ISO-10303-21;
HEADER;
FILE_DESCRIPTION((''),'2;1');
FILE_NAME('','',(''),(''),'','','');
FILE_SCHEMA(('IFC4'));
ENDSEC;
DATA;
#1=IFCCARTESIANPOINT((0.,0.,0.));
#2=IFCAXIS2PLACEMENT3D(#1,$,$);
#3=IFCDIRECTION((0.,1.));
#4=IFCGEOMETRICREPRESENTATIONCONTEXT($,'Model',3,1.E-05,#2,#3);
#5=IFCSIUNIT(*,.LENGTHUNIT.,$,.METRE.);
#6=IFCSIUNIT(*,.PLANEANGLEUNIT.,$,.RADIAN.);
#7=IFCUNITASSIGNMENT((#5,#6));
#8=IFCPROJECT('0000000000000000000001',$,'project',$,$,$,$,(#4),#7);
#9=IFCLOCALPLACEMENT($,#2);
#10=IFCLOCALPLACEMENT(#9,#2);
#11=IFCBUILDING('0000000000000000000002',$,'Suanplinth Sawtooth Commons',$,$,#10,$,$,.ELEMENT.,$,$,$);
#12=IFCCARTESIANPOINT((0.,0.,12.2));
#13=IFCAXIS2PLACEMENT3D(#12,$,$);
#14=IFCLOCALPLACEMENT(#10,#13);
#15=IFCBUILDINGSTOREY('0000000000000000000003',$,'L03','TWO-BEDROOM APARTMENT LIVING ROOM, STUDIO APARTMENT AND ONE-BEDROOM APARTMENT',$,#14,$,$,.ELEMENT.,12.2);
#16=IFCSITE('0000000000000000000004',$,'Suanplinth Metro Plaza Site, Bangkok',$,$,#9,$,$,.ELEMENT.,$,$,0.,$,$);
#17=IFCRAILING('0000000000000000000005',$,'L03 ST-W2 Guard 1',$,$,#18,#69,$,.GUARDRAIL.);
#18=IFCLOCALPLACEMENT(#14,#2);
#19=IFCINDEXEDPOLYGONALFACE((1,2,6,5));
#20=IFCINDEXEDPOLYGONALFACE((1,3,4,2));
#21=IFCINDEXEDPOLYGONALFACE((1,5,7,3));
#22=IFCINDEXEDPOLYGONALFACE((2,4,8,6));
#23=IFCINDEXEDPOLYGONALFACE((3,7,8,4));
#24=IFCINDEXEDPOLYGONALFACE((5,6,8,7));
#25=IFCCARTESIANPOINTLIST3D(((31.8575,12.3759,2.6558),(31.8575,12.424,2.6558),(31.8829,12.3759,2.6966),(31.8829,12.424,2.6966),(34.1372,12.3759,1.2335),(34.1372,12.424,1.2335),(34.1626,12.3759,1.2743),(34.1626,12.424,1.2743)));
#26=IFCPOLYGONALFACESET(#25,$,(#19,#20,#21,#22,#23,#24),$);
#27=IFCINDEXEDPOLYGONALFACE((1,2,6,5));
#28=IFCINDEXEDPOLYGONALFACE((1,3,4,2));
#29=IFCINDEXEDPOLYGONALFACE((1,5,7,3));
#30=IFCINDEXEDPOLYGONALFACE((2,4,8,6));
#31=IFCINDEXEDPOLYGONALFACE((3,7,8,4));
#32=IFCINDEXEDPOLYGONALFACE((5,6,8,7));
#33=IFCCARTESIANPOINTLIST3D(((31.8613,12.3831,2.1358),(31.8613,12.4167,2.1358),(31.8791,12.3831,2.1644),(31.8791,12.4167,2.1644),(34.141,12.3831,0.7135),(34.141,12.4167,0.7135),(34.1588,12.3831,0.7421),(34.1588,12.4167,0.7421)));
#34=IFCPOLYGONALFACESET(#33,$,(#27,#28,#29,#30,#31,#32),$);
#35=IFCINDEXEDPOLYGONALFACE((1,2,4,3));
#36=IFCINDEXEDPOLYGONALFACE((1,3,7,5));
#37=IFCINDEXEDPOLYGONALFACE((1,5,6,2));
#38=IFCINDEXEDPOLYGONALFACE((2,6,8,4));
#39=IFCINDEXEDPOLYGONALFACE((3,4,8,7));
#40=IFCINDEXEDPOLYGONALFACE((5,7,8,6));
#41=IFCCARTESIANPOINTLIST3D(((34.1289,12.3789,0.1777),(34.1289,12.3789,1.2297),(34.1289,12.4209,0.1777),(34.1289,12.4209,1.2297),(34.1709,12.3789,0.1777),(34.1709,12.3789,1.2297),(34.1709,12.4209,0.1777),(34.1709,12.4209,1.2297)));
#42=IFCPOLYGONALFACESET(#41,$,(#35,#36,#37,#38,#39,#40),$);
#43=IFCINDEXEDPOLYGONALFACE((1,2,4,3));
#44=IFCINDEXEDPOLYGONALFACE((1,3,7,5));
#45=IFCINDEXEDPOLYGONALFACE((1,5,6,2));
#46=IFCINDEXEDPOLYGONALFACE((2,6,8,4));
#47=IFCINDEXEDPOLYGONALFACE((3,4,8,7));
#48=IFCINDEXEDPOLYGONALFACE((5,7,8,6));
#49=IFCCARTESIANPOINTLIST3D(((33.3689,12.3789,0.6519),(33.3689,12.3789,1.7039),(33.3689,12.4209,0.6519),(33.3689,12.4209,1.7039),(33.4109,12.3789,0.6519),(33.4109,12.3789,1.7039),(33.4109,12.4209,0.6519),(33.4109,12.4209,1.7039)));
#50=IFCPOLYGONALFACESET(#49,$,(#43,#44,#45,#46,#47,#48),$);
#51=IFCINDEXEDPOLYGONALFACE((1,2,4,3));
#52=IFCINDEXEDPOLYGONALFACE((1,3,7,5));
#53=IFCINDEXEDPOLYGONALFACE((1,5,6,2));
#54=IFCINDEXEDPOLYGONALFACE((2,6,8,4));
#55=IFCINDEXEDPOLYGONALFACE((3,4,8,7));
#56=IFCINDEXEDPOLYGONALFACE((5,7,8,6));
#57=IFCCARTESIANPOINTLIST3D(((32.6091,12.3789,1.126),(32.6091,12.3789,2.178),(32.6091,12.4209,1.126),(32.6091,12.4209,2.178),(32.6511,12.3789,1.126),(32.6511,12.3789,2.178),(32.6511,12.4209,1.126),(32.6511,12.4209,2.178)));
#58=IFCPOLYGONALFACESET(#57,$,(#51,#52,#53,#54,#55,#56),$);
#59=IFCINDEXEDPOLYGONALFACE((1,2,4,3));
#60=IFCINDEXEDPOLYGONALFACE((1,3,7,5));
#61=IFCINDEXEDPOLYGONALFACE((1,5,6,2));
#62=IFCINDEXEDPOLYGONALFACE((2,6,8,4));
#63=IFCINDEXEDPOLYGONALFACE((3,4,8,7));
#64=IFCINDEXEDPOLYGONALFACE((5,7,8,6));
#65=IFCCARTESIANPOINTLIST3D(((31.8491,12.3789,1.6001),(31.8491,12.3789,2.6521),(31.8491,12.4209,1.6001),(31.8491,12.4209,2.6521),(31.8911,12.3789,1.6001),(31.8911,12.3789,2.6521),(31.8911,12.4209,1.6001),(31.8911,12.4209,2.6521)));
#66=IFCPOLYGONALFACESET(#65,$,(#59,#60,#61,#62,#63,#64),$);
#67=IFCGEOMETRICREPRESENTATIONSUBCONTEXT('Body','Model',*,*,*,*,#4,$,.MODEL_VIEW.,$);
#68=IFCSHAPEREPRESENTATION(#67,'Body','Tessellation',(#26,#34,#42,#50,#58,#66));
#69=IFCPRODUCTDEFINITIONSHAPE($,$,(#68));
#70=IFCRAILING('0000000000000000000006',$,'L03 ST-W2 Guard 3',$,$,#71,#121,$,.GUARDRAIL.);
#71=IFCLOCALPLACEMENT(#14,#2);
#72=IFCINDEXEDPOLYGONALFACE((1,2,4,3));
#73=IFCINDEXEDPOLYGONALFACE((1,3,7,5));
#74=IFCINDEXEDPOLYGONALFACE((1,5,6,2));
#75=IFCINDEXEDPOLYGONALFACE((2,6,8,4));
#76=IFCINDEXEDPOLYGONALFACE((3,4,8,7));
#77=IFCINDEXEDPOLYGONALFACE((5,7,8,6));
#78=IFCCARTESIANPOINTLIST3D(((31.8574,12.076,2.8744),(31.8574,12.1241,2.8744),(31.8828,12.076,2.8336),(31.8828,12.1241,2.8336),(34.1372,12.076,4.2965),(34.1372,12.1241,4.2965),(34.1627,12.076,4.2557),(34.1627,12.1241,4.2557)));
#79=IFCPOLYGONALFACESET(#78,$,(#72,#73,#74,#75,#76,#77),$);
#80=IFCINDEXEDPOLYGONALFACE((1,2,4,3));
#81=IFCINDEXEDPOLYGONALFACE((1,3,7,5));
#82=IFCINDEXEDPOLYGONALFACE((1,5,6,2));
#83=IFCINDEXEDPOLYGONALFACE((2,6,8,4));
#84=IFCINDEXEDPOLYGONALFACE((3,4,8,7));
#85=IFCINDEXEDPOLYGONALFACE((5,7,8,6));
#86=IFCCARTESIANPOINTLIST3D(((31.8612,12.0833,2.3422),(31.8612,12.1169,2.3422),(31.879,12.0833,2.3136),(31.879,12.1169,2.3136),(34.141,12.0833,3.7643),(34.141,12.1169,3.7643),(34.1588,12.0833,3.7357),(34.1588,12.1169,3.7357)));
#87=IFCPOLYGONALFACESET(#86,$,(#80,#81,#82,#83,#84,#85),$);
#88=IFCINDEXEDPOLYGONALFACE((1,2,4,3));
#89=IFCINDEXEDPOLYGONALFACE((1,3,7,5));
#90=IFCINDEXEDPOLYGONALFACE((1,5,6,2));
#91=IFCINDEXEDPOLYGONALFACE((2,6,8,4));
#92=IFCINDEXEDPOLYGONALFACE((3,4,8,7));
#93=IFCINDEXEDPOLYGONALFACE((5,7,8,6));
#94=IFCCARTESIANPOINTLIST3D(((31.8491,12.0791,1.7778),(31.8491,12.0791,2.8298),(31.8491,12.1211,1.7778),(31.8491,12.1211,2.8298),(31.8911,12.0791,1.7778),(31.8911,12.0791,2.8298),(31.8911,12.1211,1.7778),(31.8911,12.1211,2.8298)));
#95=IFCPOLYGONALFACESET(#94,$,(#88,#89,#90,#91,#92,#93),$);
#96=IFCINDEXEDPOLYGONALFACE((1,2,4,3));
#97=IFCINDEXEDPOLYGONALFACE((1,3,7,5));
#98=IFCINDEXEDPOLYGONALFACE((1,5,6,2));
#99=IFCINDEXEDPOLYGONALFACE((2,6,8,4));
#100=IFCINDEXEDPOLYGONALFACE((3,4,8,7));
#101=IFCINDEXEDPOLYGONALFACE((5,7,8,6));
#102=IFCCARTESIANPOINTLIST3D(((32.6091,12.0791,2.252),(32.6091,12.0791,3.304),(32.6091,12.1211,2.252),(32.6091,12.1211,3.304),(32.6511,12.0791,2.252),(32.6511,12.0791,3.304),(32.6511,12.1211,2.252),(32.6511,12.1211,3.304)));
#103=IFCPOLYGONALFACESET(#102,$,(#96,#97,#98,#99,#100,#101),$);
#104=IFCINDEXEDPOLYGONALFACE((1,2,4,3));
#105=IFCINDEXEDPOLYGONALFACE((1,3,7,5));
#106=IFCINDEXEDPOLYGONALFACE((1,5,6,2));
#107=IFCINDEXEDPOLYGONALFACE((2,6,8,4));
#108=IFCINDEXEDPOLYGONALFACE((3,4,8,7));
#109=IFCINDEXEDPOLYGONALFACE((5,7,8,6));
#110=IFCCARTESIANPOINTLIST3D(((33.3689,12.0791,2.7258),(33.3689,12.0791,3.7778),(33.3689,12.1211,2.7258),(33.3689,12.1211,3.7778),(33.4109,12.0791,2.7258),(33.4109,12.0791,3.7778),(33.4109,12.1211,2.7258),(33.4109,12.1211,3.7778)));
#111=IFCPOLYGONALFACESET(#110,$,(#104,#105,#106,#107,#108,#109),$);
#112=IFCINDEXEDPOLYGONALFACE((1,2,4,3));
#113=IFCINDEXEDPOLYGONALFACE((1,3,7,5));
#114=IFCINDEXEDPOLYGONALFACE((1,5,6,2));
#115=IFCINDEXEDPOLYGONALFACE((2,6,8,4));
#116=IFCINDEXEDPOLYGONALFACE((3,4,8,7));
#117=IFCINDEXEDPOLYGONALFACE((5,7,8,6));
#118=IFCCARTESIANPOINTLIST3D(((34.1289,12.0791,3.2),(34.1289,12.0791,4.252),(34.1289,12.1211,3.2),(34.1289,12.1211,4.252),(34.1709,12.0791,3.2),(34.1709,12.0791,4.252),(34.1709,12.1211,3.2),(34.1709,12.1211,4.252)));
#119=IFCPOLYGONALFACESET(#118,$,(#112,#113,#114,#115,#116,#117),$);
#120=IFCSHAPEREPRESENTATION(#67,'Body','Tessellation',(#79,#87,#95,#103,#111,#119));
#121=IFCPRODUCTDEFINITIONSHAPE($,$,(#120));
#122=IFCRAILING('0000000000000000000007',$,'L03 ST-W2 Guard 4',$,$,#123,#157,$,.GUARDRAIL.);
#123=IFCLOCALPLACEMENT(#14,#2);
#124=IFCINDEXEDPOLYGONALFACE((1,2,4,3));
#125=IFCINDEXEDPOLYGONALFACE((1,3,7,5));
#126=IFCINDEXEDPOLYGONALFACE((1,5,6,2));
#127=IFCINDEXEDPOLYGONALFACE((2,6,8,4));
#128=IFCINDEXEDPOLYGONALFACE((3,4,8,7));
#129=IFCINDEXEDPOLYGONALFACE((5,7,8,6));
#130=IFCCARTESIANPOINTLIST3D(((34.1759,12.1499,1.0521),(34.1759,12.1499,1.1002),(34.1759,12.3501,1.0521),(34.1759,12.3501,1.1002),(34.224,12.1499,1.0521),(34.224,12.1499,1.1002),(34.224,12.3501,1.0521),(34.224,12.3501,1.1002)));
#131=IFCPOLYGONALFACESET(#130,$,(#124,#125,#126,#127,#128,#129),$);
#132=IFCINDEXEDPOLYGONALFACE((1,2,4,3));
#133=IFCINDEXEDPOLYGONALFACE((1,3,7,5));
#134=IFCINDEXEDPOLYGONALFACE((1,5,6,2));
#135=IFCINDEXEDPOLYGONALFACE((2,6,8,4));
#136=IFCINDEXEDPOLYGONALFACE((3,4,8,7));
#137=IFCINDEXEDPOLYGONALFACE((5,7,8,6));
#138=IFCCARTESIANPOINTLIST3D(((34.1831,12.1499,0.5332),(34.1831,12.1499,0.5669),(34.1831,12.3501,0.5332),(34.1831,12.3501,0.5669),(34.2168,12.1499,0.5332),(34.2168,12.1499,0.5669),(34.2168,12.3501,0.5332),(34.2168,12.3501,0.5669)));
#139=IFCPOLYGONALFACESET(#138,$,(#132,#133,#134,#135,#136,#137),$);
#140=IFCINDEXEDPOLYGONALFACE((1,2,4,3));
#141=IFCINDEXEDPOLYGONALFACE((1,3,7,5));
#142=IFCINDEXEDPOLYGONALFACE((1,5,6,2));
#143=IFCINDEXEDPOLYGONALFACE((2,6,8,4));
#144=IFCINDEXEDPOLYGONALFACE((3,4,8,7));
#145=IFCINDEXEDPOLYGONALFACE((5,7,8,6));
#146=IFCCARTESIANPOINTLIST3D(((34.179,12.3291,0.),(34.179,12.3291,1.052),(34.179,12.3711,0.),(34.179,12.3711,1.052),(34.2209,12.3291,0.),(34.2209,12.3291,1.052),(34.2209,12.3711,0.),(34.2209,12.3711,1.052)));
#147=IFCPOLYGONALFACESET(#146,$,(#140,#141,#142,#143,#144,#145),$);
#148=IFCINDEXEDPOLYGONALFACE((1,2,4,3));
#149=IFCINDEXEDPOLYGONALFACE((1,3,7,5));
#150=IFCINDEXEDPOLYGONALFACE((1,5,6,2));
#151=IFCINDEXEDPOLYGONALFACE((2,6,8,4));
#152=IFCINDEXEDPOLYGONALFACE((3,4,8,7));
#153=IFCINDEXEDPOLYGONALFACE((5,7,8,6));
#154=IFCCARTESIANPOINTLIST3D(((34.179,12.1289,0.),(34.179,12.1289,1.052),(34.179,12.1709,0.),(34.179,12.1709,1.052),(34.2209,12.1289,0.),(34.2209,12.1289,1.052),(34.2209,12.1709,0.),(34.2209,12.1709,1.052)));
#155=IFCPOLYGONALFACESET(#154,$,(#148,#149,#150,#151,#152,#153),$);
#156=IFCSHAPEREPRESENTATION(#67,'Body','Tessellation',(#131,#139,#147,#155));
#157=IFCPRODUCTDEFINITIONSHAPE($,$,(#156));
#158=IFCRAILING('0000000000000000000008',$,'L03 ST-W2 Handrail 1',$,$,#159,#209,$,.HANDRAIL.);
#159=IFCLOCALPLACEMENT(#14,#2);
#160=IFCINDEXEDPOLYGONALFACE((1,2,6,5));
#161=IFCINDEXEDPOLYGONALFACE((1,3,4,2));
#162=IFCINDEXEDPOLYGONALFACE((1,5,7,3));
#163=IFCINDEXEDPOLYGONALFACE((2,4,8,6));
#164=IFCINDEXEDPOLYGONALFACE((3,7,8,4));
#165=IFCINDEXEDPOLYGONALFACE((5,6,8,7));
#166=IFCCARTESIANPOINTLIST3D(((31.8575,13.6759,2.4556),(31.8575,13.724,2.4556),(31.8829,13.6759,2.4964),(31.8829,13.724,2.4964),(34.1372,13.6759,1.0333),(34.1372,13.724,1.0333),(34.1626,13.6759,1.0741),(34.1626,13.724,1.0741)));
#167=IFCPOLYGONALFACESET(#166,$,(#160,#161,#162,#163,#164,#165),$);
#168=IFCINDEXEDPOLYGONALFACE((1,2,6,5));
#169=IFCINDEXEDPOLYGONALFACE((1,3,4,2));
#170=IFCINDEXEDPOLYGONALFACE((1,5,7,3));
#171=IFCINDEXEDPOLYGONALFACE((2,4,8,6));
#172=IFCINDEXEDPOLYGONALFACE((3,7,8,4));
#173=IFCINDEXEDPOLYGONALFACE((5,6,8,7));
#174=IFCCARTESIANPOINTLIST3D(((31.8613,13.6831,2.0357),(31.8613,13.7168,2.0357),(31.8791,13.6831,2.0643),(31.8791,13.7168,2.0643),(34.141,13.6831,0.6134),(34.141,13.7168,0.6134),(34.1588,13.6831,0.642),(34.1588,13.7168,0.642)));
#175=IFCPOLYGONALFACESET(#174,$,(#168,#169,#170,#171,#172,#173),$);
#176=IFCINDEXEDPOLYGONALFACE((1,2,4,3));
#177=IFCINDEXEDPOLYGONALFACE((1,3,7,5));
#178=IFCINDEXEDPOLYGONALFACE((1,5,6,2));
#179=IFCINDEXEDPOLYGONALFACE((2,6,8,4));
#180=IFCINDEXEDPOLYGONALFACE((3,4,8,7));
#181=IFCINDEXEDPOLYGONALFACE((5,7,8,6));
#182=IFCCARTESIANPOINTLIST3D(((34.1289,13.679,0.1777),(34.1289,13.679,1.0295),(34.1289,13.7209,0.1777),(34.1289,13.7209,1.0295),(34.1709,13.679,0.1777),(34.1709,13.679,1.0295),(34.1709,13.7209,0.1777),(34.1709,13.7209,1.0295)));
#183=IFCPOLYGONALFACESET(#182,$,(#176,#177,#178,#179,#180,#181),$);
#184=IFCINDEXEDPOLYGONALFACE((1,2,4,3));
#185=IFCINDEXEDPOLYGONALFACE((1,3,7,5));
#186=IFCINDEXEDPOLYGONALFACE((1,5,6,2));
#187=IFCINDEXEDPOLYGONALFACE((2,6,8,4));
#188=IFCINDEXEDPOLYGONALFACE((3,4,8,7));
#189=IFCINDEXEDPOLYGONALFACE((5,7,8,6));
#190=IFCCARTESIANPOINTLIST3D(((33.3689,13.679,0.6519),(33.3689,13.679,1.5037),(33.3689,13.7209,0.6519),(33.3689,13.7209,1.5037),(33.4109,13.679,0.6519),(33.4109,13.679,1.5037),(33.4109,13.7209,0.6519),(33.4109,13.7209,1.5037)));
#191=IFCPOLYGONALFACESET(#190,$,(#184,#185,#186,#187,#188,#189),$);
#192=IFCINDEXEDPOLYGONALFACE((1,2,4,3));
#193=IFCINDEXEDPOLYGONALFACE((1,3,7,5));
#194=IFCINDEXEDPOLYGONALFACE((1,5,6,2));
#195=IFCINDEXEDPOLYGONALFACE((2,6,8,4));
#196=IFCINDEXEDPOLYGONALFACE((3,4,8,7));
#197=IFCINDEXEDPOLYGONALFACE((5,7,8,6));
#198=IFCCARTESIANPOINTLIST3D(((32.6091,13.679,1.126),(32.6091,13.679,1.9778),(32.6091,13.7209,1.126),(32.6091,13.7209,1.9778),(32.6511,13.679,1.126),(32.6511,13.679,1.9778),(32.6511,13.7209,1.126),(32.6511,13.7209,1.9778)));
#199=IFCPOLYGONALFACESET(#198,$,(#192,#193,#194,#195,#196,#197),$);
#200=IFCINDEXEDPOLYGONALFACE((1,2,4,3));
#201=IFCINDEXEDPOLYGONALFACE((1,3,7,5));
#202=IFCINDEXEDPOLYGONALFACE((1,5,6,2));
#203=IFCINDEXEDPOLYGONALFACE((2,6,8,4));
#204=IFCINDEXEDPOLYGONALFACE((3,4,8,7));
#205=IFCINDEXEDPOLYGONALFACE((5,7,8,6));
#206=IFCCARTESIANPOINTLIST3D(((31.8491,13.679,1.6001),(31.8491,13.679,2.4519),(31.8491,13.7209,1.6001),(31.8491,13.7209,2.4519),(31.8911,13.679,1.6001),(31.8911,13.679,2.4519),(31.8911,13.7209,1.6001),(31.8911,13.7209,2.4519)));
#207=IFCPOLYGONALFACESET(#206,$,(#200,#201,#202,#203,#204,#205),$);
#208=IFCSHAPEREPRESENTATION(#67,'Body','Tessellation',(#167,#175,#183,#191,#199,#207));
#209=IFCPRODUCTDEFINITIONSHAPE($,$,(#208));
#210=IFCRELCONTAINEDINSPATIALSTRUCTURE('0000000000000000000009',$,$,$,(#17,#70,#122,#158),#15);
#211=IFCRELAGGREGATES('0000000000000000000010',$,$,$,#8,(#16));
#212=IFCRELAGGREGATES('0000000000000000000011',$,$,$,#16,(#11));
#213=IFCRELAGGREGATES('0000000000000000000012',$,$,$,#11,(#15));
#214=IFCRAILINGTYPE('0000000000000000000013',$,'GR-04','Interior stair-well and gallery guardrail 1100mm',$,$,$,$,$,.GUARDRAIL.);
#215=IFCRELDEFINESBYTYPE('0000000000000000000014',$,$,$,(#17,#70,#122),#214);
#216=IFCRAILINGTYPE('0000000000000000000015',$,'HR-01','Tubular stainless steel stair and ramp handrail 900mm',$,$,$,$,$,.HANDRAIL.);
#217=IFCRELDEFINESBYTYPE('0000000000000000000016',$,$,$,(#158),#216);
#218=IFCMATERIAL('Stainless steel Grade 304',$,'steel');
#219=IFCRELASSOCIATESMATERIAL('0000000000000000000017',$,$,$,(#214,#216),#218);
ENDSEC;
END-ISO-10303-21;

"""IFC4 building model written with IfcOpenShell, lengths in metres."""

from ifc_helpers import new_model, si_unit, direction, frame, origin, origin_2d, place, context, subcontext, project, spatial, rectangle, extrude, material, type_object, element, save


model = new_model("IFC4")

# Units and contexts
model_context = context("Model", 3, precision=1e-05, world=origin(), true_north=direction((0.0, 1.0)))
body_context = subcontext(model_context, "Body", "Model", "MODEL_VIEW")
ifc_project = project(units=[si_unit("LENGTHUNIT", "METRE"), si_unit("PLANEANGLEUNIT", "RADIAN")], contexts=[model_context])

# Site, building, storey
site_placement = place(None, origin())
site = spatial("IfcSite", under=ifc_project, at=site_placement, Name="Suanplinth Metro Plaza Site, Bangkok", CompositionType="ELEMENT", RefElevation=0.0)
building_placement = place(site_placement, origin())
building = spatial("IfcBuilding", under=site, at=building_placement, Name="Suanplinth Sawtooth Commons", CompositionType="ELEMENT")
storey_placement = place(building_placement, frame((0.0, 0.0, 12.2)))
storey = spatial("IfcBuildingStorey", under=building, at=storey_placement, Name="L03", Description="TWO-BEDROOM APARTMENT LIVING ROOM, STUDIO APARTMENT AND ONE-BEDROOM APARTMENT", CompositionType="ELEMENT", Elevation=12.2)

# Railings
ifc_material_1 = material(Name="Stainless steel Grade 304", Category="steel")
railing_type_1 = type_object("IfcRailingType", Name="GR-04", Description="Interior stair-well and gallery guardrail 1100mm", PredefinedType="GUARDRAIL", material=ifc_material_1)
railing_1_placement = place(storey_placement, frame((34.1499, 12.3999, 0.1777)))
element("IfcRailing", 1, at=railing_1_placement, inside=storey, type_object=railing_type_1, Name="L03 ST-W2 Guard 1", PredefinedType="GUARDRAIL", context=body_context, shape_type="SweptSolid", body=[
    extrude(rectangle(XDim=0.0481, YDim=0.0481, at=origin_2d()), frame((0.0, 0.0, 1.0762), z_axis=(-0.848417, 0.0, 0.529329), x_axis=(0.0, -1.0, 0.0)), (0.0, 0.0, 1.0), 2.687),
    extrude(rectangle(XDim=0.0337, YDim=0.0337, at=origin_2d()), frame((0.0, 0.0, 0.55), z_axis=(-0.848417, 0.0, 0.529329), x_axis=(0.0, -1.0, 0.0)), (0.0, 0.0, 1.0), 2.687),
    extrude(rectangle(XDim=0.042, YDim=0.042, at=origin_2d()), origin(), (0.0, 0.0, 1.0), 1.052),
    extrude(rectangle(XDim=0.042, YDim=0.042, at=origin_2d()), frame((-0.76, 0.0, 0.4741)), (0.0, 0.0, 1.0), 1.052),
    extrude(rectangle(XDim=0.042, YDim=0.042, at=origin_2d()), frame((-1.5198, 0.0, 0.9482)), (0.0, 0.0, 1.0), 1.052),
    extrude(rectangle(XDim=0.042, YDim=0.042, at=origin_2d()), frame((-2.2798, 0.0, 1.4224)), (0.0, 0.0, 1.0), 1.052),
])
railing_2_placement = place(storey_placement, frame((31.8701, 12.1001, 1.7778)))
element("IfcRailing", 2, at=railing_2_placement, inside=storey, type_object=railing_type_1, Name="L03 ST-W2 Guard 3", PredefinedType="GUARDRAIL", context=body_context, shape_type="SweptSolid", body=[
    extrude(rectangle(XDim=0.0481, YDim=0.0481, at=origin_2d()), frame((0.0, 0.0, 1.0762), z_axis=(0.848457, 0.0, 0.529264), x_axis=(0.0, 1.0, 0.0)), (0.0, 0.0, 1.0), 2.687),
    extrude(rectangle(XDim=0.0337, YDim=0.0337, at=origin_2d()), frame((0.0, 0.0, 0.55), z_axis=(0.848457, 0.0, 0.529264), x_axis=(0.0, 1.0, 0.0)), (0.0, 0.0, 1.0), 2.687),
    extrude(rectangle(XDim=0.042, YDim=0.042, at=origin_2d()), origin(), (0.0, 0.0, 1.0), 1.052),
    extrude(rectangle(XDim=0.042, YDim=0.042, at=origin_2d()), frame((0.76, 0.0, 0.4741)), (0.0, 0.0, 1.0), 1.052),
    extrude(rectangle(XDim=0.042, YDim=0.042, at=origin_2d()), frame((1.5198, 0.0, 0.948)), (0.0, 0.0, 1.0), 1.052),
    extrude(rectangle(XDim=0.042, YDim=0.042, at=origin_2d()), frame((2.2798, 0.0, 1.4221)), (0.0, 0.0, 1.0), 1.052),
])
railing_3_placement = place(storey_placement, frame((34.2, 12.3501, 0.0)))
element("IfcRailing", 3, at=railing_3_placement, inside=storey, type_object=railing_type_1, Name="L03 ST-W2 Guard 4", PredefinedType="GUARDRAIL", context=body_context, shape_type="SweptSolid", body=[
    extrude(rectangle(XDim=0.0481, YDim=0.0481, at=origin_2d()), frame((0.0, 0.0, 1.0762), z_axis=(0.0, -1.0, 0.0), x_axis=(1.0, 0.0, 0.0)), (0.0, 0.0, 1.0), 0.2002),
    extrude(rectangle(XDim=0.0337, YDim=0.0337, at=origin_2d()), frame((0.0, 0.0, 0.55), z_axis=(0.0, -1.0, 0.0), x_axis=(1.0, 0.0, 0.0)), (0.0, 0.0, 1.0), 0.2002),
    extrude(rectangle(XDim=0.042, YDim=0.042, at=origin_2d()), origin(), (0.0, 0.0, 1.0), 1.052),
    extrude(rectangle(XDim=0.042, YDim=0.042, at=origin_2d()), frame((0.0, -0.2002, 0.0)), (0.0, 0.0, 1.0), 1.052),
])
railing_type_2 = type_object("IfcRailingType", Name="HR-01", Description="Tubular stainless steel stair and ramp handrail 900mm", PredefinedType="HANDRAIL", material=ifc_material_1)
railing_4_placement = place(storey_placement, frame((34.1499, 13.7, 0.1777)))
element("IfcRailing", 4, at=railing_4_placement, inside=storey, type_object=railing_type_2, Name="L03 ST-W2 Handrail 1", PredefinedType="HANDRAIL", context=body_context, shape_type="SweptSolid", body=[
    extrude(rectangle(XDim=0.0481, YDim=0.0481, at=origin_2d()), frame((0.0, 0.0, 0.876), z_axis=(-0.848417, 0.0, 0.529329), x_axis=(0.0, -1.0, 0.0)), (0.0, 0.0, 1.0), 2.687),
    extrude(rectangle(XDim=0.0337, YDim=0.0337, at=origin_2d()), frame((0.0, 0.0, 0.45), z_axis=(-0.848417, 0.0, 0.529329), x_axis=(0.0, -1.0, 0.0)), (0.0, 0.0, 1.0), 2.687),
    extrude(rectangle(XDim=0.042, YDim=0.042, at=origin_2d()), origin(), (0.0, 0.0, 1.0), 0.8518),
    extrude(rectangle(XDim=0.042, YDim=0.042, at=origin_2d()), frame((-0.76, 0.0, 0.4741)), (0.0, 0.0, 1.0), 0.8518),
    extrude(rectangle(XDim=0.042, YDim=0.042, at=origin_2d()), frame((-1.5198, 0.0, 0.9482)), (0.0, 0.0, 1.0), 0.8518),
    extrude(rectangle(XDim=0.042, YDim=0.042, at=origin_2d()), frame((-2.2798, 0.0, 1.4224)), (0.0, 0.0, 1.0), 0.8518),
])

save(model, "model.ifc")
